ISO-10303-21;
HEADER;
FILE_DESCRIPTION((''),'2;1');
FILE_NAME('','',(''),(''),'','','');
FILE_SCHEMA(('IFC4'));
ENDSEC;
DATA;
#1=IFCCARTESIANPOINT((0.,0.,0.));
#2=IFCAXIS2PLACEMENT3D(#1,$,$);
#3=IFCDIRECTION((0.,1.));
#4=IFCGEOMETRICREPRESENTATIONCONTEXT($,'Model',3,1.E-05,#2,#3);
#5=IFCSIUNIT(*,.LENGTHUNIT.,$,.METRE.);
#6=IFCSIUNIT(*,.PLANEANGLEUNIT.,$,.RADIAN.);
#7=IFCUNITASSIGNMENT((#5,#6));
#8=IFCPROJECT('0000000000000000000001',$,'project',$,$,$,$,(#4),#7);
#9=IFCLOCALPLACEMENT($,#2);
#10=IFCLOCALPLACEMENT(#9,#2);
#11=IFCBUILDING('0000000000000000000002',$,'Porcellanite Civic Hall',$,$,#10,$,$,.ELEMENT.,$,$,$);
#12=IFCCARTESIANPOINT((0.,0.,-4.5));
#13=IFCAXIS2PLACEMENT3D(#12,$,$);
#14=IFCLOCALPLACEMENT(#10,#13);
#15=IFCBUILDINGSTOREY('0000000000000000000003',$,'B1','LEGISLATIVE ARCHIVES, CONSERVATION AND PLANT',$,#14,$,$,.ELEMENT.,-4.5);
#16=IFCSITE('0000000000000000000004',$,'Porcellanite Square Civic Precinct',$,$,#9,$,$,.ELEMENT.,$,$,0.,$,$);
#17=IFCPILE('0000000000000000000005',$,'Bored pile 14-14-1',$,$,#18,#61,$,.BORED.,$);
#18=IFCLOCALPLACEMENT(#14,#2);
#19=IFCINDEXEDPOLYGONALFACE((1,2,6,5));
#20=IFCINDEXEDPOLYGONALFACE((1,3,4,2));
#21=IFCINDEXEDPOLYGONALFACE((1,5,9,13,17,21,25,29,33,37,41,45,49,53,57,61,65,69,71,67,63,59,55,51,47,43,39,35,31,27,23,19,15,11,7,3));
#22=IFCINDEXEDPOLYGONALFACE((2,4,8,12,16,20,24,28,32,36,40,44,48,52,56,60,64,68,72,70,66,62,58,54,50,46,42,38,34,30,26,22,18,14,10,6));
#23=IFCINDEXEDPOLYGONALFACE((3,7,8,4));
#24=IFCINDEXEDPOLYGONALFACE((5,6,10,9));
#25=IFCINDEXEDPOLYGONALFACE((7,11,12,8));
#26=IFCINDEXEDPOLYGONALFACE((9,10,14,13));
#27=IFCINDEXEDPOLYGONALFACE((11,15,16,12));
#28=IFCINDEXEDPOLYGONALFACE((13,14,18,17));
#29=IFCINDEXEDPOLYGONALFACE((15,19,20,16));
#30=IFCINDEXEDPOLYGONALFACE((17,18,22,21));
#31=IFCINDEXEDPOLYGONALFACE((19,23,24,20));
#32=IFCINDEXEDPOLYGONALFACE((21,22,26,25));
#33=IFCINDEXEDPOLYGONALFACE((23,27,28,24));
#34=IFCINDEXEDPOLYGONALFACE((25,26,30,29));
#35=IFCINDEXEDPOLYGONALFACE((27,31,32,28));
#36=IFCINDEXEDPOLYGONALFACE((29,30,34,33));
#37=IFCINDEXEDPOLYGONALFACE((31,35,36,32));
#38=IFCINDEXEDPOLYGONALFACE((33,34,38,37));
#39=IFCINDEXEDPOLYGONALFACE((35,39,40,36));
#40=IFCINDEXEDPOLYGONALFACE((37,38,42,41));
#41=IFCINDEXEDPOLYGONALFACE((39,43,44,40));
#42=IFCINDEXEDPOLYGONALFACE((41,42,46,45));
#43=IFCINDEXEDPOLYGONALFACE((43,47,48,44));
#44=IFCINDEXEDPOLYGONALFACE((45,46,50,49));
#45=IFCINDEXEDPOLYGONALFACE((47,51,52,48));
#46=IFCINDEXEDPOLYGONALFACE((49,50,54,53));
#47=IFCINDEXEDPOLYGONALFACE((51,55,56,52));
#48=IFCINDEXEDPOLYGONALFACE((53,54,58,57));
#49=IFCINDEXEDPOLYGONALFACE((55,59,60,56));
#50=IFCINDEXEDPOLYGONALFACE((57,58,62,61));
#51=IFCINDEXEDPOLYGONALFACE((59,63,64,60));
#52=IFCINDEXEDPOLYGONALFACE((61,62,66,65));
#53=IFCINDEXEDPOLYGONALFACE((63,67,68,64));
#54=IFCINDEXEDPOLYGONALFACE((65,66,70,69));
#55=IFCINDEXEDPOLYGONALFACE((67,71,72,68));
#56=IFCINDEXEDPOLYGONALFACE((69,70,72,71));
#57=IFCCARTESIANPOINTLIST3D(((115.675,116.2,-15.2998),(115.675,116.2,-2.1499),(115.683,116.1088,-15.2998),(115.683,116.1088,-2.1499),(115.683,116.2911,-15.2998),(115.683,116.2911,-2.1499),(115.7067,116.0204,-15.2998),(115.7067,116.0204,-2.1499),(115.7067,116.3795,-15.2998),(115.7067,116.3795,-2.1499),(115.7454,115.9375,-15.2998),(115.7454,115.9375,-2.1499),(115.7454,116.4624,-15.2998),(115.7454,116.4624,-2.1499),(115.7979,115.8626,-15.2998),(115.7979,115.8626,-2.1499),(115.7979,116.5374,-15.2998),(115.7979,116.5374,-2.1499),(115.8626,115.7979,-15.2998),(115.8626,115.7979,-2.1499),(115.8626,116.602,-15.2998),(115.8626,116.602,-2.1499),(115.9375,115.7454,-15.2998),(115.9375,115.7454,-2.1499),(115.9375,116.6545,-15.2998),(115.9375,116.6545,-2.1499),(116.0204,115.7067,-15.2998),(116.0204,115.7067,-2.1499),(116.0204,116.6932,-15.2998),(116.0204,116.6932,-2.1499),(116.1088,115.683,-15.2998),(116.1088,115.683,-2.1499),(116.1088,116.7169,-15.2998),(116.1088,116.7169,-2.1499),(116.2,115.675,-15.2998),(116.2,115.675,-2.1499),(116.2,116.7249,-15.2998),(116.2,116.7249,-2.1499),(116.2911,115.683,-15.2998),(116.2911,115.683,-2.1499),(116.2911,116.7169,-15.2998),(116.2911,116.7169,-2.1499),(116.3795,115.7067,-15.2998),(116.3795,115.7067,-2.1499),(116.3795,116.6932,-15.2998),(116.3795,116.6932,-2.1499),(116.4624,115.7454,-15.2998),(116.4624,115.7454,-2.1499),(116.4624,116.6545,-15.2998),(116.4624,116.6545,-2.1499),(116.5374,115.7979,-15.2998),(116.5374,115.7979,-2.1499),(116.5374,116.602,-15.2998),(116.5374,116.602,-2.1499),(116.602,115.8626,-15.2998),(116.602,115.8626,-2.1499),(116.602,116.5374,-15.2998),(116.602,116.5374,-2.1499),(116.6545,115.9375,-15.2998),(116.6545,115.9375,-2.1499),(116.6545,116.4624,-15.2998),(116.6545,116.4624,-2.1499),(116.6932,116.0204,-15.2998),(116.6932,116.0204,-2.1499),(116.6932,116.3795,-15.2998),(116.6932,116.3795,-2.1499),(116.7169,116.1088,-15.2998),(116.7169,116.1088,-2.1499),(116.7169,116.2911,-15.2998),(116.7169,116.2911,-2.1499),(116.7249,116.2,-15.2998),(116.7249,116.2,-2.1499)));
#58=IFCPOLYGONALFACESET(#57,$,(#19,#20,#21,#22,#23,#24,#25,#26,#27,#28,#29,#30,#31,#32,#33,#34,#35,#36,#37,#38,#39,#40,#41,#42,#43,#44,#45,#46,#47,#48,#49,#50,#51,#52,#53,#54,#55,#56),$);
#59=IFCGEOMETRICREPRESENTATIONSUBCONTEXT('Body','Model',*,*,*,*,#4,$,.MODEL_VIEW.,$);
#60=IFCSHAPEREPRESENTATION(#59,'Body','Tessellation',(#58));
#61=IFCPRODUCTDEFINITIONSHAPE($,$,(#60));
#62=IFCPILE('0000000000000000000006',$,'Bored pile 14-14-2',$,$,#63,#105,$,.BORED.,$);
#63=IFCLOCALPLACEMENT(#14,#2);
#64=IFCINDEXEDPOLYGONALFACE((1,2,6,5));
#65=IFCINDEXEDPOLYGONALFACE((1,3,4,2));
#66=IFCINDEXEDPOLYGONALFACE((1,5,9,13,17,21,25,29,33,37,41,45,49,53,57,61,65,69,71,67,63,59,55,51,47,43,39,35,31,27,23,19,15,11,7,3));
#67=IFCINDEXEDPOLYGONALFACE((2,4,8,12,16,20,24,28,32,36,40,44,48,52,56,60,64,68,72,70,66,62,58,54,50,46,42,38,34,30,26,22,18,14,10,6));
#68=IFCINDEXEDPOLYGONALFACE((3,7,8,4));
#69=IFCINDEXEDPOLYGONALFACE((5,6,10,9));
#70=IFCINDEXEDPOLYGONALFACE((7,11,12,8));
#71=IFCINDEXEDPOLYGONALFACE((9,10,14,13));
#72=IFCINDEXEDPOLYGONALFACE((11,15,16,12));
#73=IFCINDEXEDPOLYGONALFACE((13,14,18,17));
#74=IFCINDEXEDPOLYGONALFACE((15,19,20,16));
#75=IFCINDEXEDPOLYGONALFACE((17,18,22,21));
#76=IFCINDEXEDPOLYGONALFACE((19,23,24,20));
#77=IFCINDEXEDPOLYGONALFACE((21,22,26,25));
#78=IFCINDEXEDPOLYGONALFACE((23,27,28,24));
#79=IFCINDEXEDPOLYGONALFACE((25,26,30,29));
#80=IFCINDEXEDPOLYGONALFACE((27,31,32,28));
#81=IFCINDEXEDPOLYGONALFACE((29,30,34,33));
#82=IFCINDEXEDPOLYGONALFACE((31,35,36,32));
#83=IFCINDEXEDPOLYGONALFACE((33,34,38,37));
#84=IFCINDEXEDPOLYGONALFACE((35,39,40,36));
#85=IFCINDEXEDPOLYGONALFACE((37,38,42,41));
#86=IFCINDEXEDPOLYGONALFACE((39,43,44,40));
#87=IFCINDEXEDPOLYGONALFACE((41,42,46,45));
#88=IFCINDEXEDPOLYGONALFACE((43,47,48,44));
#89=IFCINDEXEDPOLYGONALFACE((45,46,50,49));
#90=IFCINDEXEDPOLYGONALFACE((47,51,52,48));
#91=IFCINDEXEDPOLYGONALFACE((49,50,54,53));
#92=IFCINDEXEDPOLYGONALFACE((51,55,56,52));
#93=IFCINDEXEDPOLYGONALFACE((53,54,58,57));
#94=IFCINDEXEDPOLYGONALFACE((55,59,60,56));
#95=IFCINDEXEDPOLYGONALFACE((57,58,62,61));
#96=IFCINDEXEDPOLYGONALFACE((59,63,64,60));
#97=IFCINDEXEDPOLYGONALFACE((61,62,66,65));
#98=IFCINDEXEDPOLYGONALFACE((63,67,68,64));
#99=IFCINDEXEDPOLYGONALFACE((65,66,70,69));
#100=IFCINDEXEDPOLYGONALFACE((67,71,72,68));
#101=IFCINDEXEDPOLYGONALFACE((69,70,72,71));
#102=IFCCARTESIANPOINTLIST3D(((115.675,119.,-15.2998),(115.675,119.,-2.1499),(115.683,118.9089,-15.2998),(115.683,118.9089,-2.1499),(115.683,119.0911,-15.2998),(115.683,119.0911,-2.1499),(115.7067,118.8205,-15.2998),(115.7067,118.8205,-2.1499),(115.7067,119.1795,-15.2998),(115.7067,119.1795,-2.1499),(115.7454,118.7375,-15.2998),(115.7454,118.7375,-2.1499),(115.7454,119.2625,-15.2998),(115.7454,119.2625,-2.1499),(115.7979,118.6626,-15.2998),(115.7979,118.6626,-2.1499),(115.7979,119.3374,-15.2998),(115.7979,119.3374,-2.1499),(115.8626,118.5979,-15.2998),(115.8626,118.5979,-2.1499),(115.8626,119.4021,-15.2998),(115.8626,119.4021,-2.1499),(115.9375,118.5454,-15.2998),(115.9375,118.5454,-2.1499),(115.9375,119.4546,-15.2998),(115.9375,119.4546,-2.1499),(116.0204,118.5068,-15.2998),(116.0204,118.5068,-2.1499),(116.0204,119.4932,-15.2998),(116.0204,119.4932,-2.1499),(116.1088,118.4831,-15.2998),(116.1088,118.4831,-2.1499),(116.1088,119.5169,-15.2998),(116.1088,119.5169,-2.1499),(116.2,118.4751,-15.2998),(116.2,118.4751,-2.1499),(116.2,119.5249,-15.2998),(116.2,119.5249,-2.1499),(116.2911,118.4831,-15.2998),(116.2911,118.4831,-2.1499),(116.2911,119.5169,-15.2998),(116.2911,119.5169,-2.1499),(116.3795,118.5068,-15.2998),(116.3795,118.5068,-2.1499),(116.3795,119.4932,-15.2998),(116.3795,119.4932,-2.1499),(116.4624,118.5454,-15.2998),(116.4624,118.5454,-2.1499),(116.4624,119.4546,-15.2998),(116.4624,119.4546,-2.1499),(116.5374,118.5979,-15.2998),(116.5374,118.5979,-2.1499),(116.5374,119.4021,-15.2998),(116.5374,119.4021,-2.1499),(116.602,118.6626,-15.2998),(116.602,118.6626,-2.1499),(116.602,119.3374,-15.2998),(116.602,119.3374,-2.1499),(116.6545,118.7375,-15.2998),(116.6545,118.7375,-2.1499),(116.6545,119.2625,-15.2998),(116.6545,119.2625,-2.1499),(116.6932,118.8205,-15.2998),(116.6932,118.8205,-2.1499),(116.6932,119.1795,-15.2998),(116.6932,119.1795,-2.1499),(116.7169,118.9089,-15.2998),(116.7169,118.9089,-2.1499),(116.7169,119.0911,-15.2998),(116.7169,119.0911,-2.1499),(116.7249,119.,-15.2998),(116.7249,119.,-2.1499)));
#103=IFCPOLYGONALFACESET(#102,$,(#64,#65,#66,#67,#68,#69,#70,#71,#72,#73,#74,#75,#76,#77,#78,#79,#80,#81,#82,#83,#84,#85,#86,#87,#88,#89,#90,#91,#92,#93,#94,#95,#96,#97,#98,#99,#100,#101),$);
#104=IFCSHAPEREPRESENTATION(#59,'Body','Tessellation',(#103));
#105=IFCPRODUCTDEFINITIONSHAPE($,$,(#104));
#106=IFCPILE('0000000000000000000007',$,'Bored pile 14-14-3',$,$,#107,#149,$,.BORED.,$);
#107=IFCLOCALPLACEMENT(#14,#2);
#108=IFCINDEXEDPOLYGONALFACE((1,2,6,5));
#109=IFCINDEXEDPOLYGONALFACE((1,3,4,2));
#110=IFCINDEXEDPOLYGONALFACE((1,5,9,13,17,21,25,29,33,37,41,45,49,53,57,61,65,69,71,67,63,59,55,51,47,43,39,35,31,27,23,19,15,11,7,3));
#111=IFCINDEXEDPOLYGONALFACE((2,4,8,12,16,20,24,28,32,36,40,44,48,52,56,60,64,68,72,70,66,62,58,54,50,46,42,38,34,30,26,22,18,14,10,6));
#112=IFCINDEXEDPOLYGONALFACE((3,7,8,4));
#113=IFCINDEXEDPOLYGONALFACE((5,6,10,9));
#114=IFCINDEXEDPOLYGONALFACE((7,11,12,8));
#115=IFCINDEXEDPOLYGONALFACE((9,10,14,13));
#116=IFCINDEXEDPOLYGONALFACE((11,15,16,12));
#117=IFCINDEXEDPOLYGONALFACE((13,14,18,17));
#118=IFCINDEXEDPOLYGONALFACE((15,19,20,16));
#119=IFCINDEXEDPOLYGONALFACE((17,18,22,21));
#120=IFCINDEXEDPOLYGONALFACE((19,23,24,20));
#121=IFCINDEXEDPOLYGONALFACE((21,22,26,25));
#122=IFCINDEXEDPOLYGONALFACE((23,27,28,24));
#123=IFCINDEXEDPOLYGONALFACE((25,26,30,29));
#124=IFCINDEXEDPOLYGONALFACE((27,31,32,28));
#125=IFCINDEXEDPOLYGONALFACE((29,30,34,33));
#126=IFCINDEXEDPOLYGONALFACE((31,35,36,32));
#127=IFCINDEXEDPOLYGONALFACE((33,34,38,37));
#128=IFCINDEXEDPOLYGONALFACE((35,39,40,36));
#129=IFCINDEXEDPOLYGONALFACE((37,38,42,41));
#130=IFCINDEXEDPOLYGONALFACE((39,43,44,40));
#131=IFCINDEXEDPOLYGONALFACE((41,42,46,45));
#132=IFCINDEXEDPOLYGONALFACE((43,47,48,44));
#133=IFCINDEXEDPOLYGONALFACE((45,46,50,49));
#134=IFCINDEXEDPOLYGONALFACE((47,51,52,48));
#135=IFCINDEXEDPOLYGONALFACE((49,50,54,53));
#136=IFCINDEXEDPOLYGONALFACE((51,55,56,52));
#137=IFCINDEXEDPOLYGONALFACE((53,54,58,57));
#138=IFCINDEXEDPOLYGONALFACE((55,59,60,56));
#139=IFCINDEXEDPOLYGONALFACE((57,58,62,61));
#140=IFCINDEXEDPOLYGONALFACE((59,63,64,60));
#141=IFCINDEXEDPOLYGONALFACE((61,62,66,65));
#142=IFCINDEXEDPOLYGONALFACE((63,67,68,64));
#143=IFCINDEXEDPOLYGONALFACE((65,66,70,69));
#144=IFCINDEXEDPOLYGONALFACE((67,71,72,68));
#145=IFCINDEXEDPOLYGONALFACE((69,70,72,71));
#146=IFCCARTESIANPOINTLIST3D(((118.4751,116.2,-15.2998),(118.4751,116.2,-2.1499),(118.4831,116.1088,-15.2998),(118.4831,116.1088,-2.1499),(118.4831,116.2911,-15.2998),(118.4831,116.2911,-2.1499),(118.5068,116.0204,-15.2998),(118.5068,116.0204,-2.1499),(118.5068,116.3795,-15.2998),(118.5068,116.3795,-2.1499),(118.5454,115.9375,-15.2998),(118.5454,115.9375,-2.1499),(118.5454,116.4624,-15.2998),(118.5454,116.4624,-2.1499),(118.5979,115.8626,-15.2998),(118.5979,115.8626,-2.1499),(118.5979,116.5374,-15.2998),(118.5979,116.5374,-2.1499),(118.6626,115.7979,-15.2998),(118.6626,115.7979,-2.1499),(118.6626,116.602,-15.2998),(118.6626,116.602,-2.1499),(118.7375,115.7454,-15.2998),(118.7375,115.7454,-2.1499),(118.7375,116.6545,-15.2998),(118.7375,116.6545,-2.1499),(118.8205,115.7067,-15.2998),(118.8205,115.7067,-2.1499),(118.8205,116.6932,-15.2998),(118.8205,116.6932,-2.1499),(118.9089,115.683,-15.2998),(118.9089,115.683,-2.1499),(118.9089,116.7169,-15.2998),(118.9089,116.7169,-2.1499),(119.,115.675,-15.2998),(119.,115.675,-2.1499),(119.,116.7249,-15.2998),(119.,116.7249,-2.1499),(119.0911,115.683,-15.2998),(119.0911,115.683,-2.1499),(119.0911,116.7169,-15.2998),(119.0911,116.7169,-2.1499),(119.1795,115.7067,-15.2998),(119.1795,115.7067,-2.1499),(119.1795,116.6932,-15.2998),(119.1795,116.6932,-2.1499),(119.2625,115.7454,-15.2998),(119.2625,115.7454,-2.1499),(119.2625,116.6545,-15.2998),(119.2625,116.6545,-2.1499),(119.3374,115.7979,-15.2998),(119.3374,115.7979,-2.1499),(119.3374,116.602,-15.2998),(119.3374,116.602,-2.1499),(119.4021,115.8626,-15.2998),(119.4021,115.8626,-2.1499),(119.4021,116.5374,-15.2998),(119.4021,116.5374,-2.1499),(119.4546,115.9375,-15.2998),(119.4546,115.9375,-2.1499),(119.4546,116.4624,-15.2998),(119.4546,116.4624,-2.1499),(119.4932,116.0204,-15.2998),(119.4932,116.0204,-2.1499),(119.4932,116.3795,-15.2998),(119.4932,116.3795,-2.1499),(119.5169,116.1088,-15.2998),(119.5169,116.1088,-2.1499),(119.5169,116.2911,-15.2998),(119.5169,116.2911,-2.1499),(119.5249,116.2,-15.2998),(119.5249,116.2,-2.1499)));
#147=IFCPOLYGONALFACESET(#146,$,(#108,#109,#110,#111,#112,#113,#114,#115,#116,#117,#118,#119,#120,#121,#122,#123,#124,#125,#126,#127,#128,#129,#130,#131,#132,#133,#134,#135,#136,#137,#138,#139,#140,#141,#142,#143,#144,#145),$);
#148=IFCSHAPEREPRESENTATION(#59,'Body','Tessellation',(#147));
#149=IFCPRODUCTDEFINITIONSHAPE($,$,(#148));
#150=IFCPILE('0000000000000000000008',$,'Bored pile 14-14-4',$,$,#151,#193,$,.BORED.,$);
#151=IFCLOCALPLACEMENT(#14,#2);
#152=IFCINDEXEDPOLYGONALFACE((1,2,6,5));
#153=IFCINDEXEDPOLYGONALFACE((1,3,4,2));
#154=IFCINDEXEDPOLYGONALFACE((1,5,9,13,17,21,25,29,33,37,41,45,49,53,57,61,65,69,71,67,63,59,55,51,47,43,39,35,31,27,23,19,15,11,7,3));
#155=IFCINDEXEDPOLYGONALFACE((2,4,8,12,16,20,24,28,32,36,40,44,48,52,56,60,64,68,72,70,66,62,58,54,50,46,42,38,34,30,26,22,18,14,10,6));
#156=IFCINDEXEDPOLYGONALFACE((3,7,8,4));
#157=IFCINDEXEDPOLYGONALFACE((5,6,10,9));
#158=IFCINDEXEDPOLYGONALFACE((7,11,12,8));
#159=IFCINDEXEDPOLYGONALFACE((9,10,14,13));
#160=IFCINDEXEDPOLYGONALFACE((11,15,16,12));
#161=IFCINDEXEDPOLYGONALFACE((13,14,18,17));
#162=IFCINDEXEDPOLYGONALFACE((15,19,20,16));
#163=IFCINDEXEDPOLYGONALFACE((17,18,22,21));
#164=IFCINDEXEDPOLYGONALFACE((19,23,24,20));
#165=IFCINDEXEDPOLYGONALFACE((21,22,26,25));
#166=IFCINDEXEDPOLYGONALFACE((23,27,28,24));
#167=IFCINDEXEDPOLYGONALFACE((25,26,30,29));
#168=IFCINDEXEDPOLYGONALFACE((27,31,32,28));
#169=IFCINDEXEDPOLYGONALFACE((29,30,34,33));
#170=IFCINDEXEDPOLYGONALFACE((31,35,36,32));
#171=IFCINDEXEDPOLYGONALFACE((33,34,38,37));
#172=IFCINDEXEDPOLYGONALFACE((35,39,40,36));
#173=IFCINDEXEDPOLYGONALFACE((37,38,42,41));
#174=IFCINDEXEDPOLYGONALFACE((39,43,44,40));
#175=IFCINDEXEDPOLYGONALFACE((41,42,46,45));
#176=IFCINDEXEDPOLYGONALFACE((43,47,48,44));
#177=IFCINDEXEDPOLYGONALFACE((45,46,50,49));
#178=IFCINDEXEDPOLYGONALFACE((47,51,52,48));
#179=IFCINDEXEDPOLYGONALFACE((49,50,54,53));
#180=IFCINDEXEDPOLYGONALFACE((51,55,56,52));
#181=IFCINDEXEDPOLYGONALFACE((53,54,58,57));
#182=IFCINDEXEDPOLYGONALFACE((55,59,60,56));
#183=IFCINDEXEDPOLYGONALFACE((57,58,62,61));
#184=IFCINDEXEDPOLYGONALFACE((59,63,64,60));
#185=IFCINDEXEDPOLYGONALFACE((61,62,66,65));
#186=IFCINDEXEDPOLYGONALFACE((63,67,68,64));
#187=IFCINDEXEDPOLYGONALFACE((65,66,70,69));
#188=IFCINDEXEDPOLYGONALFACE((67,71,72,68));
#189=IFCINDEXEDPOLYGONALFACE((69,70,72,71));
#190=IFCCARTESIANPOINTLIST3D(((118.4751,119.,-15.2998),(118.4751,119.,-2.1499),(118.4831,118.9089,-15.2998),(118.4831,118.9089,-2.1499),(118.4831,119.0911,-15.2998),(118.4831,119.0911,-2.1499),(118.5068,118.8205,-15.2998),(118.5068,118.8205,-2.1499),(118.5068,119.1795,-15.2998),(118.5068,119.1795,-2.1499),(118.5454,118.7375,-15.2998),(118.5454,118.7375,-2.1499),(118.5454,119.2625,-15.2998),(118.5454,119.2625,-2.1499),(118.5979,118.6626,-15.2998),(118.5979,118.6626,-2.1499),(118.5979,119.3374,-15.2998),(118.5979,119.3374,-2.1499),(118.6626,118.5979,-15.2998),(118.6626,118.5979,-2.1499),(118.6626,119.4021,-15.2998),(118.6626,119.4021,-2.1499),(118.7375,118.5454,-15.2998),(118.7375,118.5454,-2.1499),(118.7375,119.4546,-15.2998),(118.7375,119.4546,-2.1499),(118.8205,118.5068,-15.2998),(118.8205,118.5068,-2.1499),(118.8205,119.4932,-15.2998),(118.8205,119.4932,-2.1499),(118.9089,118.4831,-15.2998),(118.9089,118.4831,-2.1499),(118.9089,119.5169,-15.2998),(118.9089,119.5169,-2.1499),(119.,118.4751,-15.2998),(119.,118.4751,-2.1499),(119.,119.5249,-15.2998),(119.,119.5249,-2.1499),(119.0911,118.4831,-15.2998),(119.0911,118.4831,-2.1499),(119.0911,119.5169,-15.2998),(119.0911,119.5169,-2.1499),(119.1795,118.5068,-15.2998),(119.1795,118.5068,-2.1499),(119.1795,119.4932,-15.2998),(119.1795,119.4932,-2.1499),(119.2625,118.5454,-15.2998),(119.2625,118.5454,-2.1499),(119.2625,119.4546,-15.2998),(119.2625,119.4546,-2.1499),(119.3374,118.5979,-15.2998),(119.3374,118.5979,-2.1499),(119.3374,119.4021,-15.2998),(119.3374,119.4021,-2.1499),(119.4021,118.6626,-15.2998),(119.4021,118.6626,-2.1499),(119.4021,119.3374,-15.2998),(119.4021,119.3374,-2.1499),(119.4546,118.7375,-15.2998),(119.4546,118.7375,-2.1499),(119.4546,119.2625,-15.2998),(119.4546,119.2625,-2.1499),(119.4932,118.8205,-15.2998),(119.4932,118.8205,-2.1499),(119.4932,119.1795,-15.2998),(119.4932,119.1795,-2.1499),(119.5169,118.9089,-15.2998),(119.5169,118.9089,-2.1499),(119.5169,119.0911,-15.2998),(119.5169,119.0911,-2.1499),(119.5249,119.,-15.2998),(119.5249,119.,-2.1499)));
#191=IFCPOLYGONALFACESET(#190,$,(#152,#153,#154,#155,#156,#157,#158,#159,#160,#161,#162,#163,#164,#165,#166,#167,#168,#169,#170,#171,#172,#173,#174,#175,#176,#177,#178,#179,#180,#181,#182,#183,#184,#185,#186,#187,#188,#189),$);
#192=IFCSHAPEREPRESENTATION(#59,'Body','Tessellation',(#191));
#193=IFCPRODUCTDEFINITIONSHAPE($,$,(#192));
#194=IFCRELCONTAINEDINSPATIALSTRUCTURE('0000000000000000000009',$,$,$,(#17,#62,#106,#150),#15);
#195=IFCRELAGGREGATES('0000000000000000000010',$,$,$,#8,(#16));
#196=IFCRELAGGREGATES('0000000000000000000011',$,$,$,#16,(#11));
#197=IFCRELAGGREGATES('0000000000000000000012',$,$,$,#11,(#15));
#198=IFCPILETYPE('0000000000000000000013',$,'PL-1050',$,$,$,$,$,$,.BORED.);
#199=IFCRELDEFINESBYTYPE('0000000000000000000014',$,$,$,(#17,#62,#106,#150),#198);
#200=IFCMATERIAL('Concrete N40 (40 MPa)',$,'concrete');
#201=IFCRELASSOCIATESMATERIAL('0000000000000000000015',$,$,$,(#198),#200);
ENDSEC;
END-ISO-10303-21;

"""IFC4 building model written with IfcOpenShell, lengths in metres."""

from ifc_helpers import new_model, si_unit, direction, frame, origin, origin_2d, place, context, subcontext, project, spatial, circle, extrude, material, material_profile, profile_set, type_object, element, save


model = new_model("IFC4")

# Units and contexts
model_context = context("Model", 3, precision=1e-05, world=origin(), true_north=direction((0.0, 1.0)))
body_context = subcontext(model_context, "Body", "Model", "MODEL_VIEW")
ifc_project = project(units=[si_unit("LENGTHUNIT", "METRE"), si_unit("PLANEANGLEUNIT", "RADIAN")], contexts=[model_context])

# Site, building, storey
site_placement = place(None, origin())
site = spatial("IfcSite", under=ifc_project, at=site_placement, Name="Porcellanite Square Civic Precinct", CompositionType="ELEMENT", RefElevation=0.0)
building_placement = place(site_placement, origin())
building = spatial("IfcBuilding", under=site, at=building_placement, Name="Porcellanite Civic Hall", CompositionType="ELEMENT")
storey_placement = place(building_placement, frame((0.0, 0.0, -4.5)))
storey = spatial("IfcBuildingStorey", under=building, at=storey_placement, Name="B1", Description="LEGISLATIVE ARCHIVES, CONSERVATION AND PLANT", CompositionType="ELEMENT", Elevation=-4.5)

# Piles
ifc_material_1 = material(Name="Concrete N40 (40 MPa)", Category="concrete")
ifc_material_profile_1 = material_profile(ifc_material_1, circle(Radius=0.5249, at=origin_2d()), Name="PILE-D1050")
ifc_profile_set_1 = profile_set([ifc_material_profile_1], Name="Concrete N40 (40 MPa)")
pile_type = type_object("IfcPileType", Name="PL-1050", PredefinedType="BORED", material=ifc_profile_set_1)
for number, where, z_axis, x_axis, name in (
    (1, (116.2, 116.2, -2.1499), (0.0, 0.0, -1.0), (1.0, 0.0, 0.0), "Bored pile 14-14-1"),
    (2, (116.2, 119.0, -2.1499), (0.0, 0.0, -1.0), (1.0, 0.0, 0.0), "Bored pile 14-14-2"),
    (3, (119.0, 116.2, -2.1499), (0.0, 0.0, -1.0), (1.0, 0.0, 0.0), "Bored pile 14-14-3"),
    (4, (119.0, 119.0, -2.1499), (0.0, 0.0, -1.0), (1.0, 0.0, 0.0), "Bored pile 14-14-4"),
):
    element("IfcPile", number, at=place(storey_placement, frame(where, z_axis=z_axis, x_axis=x_axis)), inside=storey, type_object=pile_type, Name=name, PredefinedType="BORED", context=body_context, shape_type="SweptSolid", body=[
        extrude(circle(Radius=0.5249, at=origin_2d()), origin(), (0.0, 0.0, 1.0), 13.1499),
    ])

save(model, "model.ifc")
